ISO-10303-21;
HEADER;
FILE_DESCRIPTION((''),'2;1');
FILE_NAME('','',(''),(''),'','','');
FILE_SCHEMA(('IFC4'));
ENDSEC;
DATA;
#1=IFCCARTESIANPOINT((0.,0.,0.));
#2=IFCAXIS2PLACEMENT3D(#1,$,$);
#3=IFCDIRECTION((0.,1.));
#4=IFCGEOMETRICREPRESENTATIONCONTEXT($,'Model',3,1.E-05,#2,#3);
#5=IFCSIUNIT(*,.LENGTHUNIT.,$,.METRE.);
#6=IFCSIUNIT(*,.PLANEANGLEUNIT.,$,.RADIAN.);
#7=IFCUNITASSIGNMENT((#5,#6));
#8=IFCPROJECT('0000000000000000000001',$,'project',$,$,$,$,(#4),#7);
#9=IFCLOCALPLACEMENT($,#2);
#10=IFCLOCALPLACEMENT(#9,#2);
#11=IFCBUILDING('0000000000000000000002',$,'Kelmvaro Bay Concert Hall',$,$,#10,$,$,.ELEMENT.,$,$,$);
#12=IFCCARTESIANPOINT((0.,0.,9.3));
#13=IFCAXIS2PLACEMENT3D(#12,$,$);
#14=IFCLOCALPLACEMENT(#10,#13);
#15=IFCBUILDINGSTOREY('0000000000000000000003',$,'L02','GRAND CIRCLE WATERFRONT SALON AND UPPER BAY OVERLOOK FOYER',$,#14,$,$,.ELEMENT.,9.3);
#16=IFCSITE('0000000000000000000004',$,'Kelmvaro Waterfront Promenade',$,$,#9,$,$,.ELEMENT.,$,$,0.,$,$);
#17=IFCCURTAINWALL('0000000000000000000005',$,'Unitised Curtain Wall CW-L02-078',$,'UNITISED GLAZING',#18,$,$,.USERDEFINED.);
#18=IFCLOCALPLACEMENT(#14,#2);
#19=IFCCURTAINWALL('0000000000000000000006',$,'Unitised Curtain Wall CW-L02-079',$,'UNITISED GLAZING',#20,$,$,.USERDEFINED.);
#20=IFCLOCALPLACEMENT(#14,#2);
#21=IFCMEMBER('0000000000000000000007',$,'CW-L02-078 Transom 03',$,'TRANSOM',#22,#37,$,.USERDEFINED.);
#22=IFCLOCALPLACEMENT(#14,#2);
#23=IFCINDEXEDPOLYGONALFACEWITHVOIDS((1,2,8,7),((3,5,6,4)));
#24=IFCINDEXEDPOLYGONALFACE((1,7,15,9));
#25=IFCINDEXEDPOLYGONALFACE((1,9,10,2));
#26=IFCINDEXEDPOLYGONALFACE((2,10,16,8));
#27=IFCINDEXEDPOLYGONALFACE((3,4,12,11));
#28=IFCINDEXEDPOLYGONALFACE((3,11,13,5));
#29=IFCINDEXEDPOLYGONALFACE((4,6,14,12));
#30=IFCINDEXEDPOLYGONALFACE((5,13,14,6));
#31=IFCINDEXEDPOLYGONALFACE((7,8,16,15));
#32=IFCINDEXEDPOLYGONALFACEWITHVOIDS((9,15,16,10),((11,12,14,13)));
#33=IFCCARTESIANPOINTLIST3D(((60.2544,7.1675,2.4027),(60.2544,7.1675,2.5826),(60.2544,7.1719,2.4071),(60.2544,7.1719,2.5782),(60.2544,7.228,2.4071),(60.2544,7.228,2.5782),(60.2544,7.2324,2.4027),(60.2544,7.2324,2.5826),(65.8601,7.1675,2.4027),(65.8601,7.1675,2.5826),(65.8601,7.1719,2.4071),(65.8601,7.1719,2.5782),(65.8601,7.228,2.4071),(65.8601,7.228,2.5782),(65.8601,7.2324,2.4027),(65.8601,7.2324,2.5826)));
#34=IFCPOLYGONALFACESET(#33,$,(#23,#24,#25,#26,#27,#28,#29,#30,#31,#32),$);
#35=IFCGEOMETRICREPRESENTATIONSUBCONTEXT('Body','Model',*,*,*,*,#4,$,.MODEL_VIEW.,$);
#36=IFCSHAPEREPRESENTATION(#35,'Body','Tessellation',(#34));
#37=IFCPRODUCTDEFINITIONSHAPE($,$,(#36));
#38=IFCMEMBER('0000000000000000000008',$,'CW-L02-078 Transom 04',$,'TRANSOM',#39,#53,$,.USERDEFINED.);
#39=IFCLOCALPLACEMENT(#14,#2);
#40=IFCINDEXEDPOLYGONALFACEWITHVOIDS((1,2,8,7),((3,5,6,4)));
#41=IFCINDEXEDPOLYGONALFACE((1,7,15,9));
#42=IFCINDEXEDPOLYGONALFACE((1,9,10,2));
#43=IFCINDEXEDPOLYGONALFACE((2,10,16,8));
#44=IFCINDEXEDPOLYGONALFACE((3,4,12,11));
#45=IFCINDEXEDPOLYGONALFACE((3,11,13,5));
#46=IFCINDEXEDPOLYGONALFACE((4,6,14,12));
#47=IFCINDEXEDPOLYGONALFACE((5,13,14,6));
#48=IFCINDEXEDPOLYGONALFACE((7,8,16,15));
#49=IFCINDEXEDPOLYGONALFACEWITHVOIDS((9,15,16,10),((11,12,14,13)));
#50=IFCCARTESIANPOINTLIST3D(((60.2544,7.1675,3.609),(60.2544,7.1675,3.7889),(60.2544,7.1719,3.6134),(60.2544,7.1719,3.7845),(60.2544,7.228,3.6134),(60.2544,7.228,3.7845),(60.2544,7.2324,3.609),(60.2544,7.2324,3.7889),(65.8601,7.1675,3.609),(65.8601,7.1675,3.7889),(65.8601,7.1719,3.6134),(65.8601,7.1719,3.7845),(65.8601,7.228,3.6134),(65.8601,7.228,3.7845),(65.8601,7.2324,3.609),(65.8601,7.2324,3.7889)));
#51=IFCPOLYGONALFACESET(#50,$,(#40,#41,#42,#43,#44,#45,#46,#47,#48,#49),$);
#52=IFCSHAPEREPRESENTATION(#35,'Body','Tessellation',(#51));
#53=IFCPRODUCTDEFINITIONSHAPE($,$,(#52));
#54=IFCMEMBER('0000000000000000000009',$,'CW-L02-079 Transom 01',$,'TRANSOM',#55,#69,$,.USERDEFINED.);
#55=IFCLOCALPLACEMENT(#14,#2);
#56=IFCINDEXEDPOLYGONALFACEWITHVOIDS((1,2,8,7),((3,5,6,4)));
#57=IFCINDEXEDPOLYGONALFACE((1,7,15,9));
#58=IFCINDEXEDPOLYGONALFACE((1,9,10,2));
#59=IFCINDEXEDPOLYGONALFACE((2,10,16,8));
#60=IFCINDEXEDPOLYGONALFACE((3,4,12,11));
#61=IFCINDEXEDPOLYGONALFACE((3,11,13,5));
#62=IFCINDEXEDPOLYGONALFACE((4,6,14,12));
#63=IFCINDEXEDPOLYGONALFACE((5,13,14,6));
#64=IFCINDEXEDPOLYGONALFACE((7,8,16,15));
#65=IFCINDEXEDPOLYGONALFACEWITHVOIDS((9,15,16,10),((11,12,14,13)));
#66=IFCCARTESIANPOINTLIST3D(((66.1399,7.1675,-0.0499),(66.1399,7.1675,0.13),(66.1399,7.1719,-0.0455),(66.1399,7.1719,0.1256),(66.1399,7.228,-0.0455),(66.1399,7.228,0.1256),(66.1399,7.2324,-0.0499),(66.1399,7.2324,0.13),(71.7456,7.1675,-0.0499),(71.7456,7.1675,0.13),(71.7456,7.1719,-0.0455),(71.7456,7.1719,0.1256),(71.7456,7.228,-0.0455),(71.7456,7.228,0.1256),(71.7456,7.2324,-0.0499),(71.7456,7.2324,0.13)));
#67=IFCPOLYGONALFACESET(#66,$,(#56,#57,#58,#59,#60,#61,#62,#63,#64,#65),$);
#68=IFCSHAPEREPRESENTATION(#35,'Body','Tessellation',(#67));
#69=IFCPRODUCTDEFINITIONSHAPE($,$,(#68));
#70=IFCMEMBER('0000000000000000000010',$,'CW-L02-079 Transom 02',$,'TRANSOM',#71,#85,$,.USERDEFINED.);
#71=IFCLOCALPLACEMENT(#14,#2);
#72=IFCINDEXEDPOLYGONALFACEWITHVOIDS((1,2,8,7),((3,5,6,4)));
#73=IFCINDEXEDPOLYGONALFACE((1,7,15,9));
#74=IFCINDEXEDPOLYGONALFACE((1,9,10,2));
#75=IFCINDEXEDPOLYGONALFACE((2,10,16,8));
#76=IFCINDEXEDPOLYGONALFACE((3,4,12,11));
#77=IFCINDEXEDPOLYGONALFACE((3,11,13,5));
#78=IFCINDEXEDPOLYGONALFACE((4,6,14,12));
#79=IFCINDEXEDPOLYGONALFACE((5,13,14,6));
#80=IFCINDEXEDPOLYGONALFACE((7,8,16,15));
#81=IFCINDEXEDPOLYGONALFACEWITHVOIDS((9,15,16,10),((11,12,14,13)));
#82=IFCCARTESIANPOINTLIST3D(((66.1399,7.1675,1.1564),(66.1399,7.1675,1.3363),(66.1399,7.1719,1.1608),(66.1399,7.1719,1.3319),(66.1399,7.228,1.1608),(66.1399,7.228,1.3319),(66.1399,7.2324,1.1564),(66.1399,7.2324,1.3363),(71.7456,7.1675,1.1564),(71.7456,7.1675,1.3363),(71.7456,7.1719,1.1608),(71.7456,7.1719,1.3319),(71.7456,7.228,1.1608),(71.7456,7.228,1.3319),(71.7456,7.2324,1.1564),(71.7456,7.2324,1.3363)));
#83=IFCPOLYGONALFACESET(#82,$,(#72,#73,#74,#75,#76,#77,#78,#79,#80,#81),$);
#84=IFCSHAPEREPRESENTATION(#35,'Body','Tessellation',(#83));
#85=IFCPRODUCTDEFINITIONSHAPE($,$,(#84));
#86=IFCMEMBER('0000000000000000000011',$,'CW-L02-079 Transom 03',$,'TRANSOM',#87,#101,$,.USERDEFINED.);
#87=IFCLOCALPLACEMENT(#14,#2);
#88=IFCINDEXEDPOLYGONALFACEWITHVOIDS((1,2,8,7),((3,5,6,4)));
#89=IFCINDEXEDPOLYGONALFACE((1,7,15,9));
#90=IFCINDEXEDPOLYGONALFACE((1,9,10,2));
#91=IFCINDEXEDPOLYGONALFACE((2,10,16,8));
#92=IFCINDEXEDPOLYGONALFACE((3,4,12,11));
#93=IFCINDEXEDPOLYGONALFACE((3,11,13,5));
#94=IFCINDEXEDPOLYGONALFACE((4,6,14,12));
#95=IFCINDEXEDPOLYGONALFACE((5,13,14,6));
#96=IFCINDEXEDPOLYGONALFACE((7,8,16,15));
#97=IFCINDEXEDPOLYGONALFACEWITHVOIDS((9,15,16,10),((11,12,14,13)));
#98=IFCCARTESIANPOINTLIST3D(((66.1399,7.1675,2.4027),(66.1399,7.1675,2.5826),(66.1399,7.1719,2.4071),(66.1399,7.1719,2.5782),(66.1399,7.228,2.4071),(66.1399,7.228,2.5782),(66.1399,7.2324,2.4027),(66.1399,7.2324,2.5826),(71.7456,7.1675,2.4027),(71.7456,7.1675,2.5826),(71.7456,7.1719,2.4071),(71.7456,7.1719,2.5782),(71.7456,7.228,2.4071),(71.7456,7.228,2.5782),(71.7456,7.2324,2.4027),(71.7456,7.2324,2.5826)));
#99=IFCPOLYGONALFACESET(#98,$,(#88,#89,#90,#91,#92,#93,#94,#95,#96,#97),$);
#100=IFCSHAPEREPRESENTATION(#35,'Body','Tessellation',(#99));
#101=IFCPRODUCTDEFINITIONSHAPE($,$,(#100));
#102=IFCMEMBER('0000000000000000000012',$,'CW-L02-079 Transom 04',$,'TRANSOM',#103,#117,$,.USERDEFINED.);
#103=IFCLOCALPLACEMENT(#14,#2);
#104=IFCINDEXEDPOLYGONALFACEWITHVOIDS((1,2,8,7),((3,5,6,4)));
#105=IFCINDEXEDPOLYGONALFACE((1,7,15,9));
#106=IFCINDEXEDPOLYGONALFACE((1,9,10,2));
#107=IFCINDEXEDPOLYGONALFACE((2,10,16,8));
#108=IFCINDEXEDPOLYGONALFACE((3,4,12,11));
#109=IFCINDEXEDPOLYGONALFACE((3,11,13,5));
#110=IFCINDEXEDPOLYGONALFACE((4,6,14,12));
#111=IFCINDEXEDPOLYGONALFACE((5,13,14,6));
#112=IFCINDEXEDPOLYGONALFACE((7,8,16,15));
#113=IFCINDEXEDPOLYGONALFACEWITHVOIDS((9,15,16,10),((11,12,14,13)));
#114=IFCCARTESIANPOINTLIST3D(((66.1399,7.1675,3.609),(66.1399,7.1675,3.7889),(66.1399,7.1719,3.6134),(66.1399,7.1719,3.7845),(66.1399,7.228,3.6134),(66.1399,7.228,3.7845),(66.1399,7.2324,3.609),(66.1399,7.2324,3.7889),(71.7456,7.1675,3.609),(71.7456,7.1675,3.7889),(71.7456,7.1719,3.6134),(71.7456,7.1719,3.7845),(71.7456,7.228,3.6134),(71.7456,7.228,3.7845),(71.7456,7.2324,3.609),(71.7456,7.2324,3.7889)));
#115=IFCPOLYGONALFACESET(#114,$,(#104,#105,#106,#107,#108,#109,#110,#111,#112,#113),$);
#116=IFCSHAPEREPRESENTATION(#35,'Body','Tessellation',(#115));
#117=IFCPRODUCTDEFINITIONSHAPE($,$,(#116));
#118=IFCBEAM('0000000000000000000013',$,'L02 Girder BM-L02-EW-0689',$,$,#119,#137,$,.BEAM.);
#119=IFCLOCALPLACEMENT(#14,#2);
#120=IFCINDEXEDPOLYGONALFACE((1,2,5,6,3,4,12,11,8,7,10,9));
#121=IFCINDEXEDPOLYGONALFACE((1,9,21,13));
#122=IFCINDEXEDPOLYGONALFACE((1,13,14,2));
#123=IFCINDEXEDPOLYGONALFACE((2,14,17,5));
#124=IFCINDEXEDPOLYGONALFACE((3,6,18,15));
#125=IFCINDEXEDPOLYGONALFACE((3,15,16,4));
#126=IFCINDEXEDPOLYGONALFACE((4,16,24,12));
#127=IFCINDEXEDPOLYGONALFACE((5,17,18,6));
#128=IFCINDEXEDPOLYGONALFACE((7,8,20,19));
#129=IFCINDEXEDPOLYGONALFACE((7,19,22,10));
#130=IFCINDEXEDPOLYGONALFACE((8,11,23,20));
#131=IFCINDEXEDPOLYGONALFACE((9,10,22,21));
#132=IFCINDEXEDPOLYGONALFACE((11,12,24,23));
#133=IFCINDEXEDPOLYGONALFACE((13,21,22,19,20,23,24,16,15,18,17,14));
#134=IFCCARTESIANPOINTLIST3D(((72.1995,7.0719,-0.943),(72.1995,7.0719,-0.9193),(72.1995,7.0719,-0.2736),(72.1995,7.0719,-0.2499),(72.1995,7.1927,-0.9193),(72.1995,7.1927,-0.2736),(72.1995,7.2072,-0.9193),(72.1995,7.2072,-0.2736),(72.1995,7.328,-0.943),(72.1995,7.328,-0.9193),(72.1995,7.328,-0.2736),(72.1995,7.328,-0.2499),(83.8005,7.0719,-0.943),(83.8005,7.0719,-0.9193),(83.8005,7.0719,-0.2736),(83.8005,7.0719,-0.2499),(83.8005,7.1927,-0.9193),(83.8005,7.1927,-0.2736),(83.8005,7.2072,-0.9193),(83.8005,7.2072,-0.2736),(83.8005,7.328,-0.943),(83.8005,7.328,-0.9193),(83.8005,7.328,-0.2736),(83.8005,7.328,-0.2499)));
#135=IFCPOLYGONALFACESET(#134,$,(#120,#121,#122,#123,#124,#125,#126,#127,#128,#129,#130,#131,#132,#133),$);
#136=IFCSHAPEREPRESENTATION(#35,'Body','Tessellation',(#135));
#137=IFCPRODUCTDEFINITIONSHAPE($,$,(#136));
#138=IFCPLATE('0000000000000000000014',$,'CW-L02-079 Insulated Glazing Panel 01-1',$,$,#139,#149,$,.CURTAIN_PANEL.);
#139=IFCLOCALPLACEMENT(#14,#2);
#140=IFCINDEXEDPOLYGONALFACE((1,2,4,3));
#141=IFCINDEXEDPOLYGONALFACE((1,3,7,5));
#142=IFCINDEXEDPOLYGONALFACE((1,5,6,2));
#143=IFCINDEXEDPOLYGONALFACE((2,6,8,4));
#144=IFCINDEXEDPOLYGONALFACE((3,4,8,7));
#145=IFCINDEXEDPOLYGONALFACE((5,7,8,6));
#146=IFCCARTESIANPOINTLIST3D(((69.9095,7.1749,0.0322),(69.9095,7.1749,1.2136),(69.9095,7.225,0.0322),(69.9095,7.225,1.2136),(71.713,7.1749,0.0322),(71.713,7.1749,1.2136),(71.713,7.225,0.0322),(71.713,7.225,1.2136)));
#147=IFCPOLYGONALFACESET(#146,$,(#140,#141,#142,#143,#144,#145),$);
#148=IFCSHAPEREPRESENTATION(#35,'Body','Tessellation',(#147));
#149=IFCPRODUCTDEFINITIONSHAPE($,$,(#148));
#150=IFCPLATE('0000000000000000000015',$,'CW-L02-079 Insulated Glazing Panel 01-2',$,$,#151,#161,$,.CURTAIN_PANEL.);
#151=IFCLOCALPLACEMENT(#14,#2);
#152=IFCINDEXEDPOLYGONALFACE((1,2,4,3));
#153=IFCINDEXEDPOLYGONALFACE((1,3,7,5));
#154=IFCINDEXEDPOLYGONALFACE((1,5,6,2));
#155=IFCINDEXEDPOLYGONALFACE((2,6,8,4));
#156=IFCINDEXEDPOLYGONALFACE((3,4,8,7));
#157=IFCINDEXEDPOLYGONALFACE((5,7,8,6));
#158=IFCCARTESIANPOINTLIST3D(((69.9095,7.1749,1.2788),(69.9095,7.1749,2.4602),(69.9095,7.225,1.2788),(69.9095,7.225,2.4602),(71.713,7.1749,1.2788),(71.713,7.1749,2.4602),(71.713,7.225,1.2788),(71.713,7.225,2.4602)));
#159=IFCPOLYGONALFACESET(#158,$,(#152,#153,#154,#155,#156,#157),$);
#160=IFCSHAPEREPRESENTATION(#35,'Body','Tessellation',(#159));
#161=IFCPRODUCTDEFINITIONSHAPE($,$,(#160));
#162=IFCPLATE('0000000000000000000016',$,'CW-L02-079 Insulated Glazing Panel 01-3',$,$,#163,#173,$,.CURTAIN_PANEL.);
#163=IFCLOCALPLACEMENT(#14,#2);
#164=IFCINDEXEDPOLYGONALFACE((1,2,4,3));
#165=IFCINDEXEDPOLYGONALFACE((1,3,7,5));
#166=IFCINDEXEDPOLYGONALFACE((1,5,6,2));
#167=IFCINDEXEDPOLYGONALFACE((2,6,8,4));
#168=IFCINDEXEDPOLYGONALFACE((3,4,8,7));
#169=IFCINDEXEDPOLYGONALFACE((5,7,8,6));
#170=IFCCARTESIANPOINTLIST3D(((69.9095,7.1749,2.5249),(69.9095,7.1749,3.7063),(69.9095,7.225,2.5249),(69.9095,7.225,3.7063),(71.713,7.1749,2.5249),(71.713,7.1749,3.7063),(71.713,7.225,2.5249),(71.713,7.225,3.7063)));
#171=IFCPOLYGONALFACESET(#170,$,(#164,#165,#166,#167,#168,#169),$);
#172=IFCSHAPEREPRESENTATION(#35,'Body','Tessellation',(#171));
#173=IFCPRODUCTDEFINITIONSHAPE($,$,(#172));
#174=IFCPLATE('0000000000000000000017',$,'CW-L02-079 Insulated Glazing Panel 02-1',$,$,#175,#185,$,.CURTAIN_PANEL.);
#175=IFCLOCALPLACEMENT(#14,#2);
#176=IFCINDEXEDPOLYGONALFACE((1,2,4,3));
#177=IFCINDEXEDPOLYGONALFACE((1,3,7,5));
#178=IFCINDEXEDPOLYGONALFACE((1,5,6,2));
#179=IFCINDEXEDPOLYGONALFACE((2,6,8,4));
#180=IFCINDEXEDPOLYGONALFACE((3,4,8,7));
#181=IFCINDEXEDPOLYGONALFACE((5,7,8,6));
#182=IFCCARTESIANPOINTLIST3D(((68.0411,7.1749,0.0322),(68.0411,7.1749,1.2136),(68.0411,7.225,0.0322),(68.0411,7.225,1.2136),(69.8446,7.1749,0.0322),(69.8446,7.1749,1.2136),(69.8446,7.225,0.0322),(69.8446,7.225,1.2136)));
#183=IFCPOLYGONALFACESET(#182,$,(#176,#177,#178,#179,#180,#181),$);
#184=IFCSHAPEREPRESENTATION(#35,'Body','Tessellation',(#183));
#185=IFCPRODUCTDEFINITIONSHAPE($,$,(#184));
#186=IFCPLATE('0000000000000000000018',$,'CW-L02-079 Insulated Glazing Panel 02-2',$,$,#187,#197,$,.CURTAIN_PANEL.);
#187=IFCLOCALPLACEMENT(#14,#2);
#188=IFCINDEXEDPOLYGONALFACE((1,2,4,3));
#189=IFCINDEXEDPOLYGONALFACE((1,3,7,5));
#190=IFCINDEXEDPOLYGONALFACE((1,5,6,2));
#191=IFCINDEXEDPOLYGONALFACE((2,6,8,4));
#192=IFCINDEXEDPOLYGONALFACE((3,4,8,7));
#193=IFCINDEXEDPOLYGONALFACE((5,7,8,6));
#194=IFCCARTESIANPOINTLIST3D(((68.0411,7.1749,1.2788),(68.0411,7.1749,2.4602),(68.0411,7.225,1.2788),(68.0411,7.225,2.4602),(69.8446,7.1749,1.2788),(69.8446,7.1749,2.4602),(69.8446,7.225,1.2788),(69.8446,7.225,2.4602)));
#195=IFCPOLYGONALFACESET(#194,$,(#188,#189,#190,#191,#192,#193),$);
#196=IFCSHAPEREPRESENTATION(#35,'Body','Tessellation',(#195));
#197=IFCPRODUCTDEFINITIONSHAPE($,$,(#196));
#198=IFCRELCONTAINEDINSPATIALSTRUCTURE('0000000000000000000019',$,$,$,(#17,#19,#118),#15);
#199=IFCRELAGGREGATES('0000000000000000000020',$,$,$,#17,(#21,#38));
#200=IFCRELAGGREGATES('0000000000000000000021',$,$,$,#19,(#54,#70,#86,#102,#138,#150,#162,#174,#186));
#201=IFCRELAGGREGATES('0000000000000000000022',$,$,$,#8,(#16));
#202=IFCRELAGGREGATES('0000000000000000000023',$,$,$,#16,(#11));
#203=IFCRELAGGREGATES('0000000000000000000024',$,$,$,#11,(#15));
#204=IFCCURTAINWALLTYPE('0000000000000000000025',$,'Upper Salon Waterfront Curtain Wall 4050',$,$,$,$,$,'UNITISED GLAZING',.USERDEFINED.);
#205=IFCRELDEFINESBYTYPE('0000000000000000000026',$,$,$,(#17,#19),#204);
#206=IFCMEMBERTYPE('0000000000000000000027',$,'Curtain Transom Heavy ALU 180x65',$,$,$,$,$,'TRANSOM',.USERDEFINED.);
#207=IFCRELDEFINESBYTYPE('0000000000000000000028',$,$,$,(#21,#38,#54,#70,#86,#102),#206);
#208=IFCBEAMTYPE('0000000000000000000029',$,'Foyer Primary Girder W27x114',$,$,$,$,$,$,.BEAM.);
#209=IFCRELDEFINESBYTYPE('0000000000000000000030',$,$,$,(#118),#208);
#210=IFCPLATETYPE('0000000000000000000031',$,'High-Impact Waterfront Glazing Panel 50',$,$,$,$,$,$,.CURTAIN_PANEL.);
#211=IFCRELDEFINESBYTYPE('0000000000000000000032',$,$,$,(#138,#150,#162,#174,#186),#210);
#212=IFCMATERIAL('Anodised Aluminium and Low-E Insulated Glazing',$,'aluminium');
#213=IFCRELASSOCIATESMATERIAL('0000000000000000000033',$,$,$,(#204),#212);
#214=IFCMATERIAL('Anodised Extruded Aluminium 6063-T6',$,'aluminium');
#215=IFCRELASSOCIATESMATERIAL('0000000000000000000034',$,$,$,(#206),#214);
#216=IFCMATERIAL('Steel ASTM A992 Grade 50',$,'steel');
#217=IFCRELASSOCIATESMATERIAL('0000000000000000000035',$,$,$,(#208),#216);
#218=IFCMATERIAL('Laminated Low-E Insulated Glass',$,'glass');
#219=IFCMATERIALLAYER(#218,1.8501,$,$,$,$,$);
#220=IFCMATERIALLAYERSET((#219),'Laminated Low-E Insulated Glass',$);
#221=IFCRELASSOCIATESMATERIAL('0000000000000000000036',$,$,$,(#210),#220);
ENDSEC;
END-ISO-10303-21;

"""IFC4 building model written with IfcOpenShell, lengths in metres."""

from ifc_helpers import new_model, si_unit, direction, frame, origin, origin_2d, place, context, subcontext, project, spatial, rectangle, hollow_rectangle, i_section, extrude, material, layer, layer_set, material_profile, profile_set, type_object, element, aggregate, save


model = new_model("IFC4")

# Units and contexts
model_context = context("Model", 3, precision=1e-05, world=origin(), true_north=direction((0.0, 1.0)))
body_context = subcontext(model_context, "Body", "Model", "MODEL_VIEW")
ifc_project = project(units=[si_unit("LENGTHUNIT", "METRE"), si_unit("PLANEANGLEUNIT", "RADIAN")], contexts=[model_context])

# Site, building, storey
site_placement = place(None, origin())
site = spatial("IfcSite", under=ifc_project, at=site_placement, Name="Kelmvaro Waterfront Promenade", CompositionType="ELEMENT", RefElevation=0.0)
building_placement = place(site_placement, origin())
building = spatial("IfcBuilding", under=site, at=building_placement, Name="Kelmvaro Bay Concert Hall", CompositionType="ELEMENT")
storey_placement = place(building_placement, frame((0.0, 0.0, 9.3)))
storey = spatial("IfcBuildingStorey", under=building, at=storey_placement, Name="L02", Description="GRAND CIRCLE WATERFRONT SALON AND UPPER BAY OVERLOOK FOYER", CompositionType="ELEMENT", Elevation=9.3)

# Curtain wall
ifc_material_1 = material(Name="Anodised Aluminium and Low-E Insulated Glazing", Category="aluminium")
curtain_wall_type = type_object("IfcCurtainWallType", Name="Upper Salon Waterfront Curtain Wall 4050", ElementType="UNITISED GLAZING", PredefinedType="USERDEFINED", material=ifc_material_1)
curtain_wall_1_placement = place(storey_placement, origin())
curtain_wall_1 = element("IfcCurtainWall", 1, at=curtain_wall_1_placement, inside=storey, type_object=curtain_wall_type, Name="Unitised Curtain Wall CW-L02-078", ObjectType="UNITISED GLAZING", PredefinedType="USERDEFINED")

# Curtain wall
curtain_wall_2_placement = place(storey_placement, origin())
curtain_wall_2 = element("IfcCurtainWall", 2, at=curtain_wall_2_placement, inside=storey, type_object=curtain_wall_type, Name="Unitised Curtain Wall CW-L02-079", ObjectType="UNITISED GLAZING", PredefinedType="USERDEFINED")

# Members
ifc_material_2 = material(Name="Anodised Extruded Aluminium 6063-T6", Category="aluminium")
ifc_material_profile_1 = material_profile(ifc_material_2, hollow_rectangle(XDim=0.0649, YDim=0.1799, WallThickness=0.0044, at=origin_2d()), Name="ALU-TRN-180X65")
ifc_profile_set_1 = profile_set([ifc_material_profile_1], Name="Anodised Extruded Aluminium 6063-T6")
member_type_1 = type_object("IfcMemberType", Name="Curtain Transom Heavy ALU 180x65", ElementType="TRANSOM", PredefinedType="USERDEFINED", material=ifc_profile_set_1)
member_1_placement = place(storey_placement, frame((65.8601, 7.2, 2.4927), z_axis=(-1.0, 0.0, 0.0), x_axis=(0.0, -1.0, 0.0)))
member_1 = element("IfcMember", 3, at=member_1_placement, type_object=member_type_1, Name="CW-L02-078 Transom 03", ObjectType="TRANSOM", PredefinedType="USERDEFINED", context=body_context, shape_type="SweptSolid", body=[
    extrude(hollow_rectangle(XDim=0.0649, YDim=0.1799, WallThickness=0.0044, at=origin_2d()), origin(), (0.0, 0.0, 1.0), 5.6057),
])
member_2_placement = place(storey_placement, frame((65.8601, 7.2, 3.699), z_axis=(-1.0, 0.0, 0.0), x_axis=(0.0, -1.0, 0.0)))
member_2 = element("IfcMember", 4, at=member_2_placement, type_object=member_type_1, Name="CW-L02-078 Transom 04", ObjectType="TRANSOM", PredefinedType="USERDEFINED", context=body_context, shape_type="SweptSolid", body=[
    extrude(hollow_rectangle(XDim=0.0649, YDim=0.1799, WallThickness=0.0044, at=origin_2d()), origin(), (0.0, 0.0, 1.0), 5.6057),
])
aggregate(curtain_wall_1, [member_1, member_2])
member_3_placement = place(storey_placement, frame((71.7456, 7.2, 0.04), z_axis=(-1.0, 0.0, 0.0), x_axis=(0.0, -1.0, 0.0)))
member_3 = element("IfcMember", 5, at=member_3_placement, type_object=member_type_1, Name="CW-L02-079 Transom 01", ObjectType="TRANSOM", PredefinedType="USERDEFINED", context=body_context, shape_type="SweptSolid", body=[
    extrude(hollow_rectangle(XDim=0.0649, YDim=0.1799, WallThickness=0.0044, at=origin_2d()), origin(), (0.0, 0.0, 1.0), 5.6057),
])
member_4_placement = place(storey_placement, frame((71.7456, 7.2, 1.2463), z_axis=(-1.0, 0.0, 0.0), x_axis=(0.0, -1.0, 0.0)))
member_4 = element("IfcMember", 6, at=member_4_placement, type_object=member_type_1, Name="CW-L02-079 Transom 02", ObjectType="TRANSOM", PredefinedType="USERDEFINED", context=body_context, shape_type="SweptSolid", body=[
    extrude(hollow_rectangle(XDim=0.0649, YDim=0.1799, WallThickness=0.0044, at=origin_2d()), origin(), (0.0, 0.0, 1.0), 5.6057),
])
member_5_placement = place(storey_placement, frame((71.7456, 7.2, 2.4927), z_axis=(-1.0, 0.0, 0.0), x_axis=(0.0, -1.0, 0.0)))
member_5 = element("IfcMember", 7, at=member_5_placement, type_object=member_type_1, Name="CW-L02-079 Transom 03", ObjectType="TRANSOM", PredefinedType="USERDEFINED", context=body_context, shape_type="SweptSolid", body=[
    extrude(hollow_rectangle(XDim=0.0649, YDim=0.1799, WallThickness=0.0044, at=origin_2d()), origin(), (0.0, 0.0, 1.0), 5.6057),
])
member_6_placement = place(storey_placement, frame((71.7456, 7.2, 3.699), z_axis=(-1.0, 0.0, 0.0), x_axis=(0.0, -1.0, 0.0)))
member_6 = element("IfcMember", 8, at=member_6_placement, type_object=member_type_1, Name="CW-L02-079 Transom 04", ObjectType="TRANSOM", PredefinedType="USERDEFINED", context=body_context, shape_type="SweptSolid", body=[
    extrude(hollow_rectangle(XDim=0.0649, YDim=0.1799, WallThickness=0.0044, at=origin_2d()), origin(), (0.0, 0.0, 1.0), 5.6057),
])

# Beam
ifc_material_3 = material(Name="Steel ASTM A992 Grade 50", Category="steel")
ifc_material_profile_2 = material_profile(ifc_material_3, i_section(OverallWidth=0.2561, OverallDepth=0.6931, WebThickness=0.0144, FlangeThickness=0.0237, at=origin_2d()), Name="W27X114")
ifc_profile_set_2 = profile_set([ifc_material_profile_2], Name="Steel ASTM A992 Grade 50")
beam_type_1 = type_object("IfcBeamType", Name="Foyer Primary Girder W27x114", PredefinedType="BEAM", material=ifc_profile_set_2)
beam_1_placement = place(storey_placement, frame((72.1995, 7.2, -0.5964), z_axis=(1.0, 0.0, 0.0), x_axis=(0.0, 1.0, 0.0)))
element("IfcBeam", 9, at=beam_1_placement, inside=storey, type_object=beam_type_1, Name="L02 Girder BM-L02-EW-0689", PredefinedType="BEAM", context=body_context, shape_type="SweptSolid", body=[
    extrude(i_section(OverallWidth=0.2561, OverallDepth=0.6931, WebThickness=0.0144, FlangeThickness=0.0237, at=origin_2d()), origin(), (0.0, 0.0, 1.0), 11.6011),
])

# Plates
ifc_material_4 = material(Name="Laminated Low-E Insulated Glass", Category="glass")
ifc_layer_1 = layer(ifc_material_4, 1.8501)
ifc_layer_set_1 = layer_set([ifc_layer_1], Name="Laminated Low-E Insulated Glass")
plate_type = type_object("IfcPlateType", Name="High-Impact Waterfront Glazing Panel 50", PredefinedType="CURTAIN_PANEL", material=ifc_layer_set_1)
plate_1_placement = place(storey_placement, frame((70.8113, 7.2, 0.0322), z_axis=(0.0, 0.0, 1.0), x_axis=(-1.0, 0.0, 0.0)))
plate_1 = element("IfcPlate", 10, at=plate_1_placement, type_object=plate_type, Name="CW-L02-079 Insulated Glazing Panel 01-1", PredefinedType="CURTAIN_PANEL", context=body_context, shape_type="SweptSolid", body=[
    extrude(rectangle(XDim=1.8035, YDim=0.05, at=origin_2d()), origin(), (0.0, 0.0, 1.0), 1.1814),
])
plate_2_placement = place(storey_placement, frame((70.8113, 7.2, 1.2788), z_axis=(0.0, 0.0, 1.0), x_axis=(-1.0, 0.0, 0.0)))
plate_2 = element("IfcPlate", 11, at=plate_2_placement, type_object=plate_type, Name="CW-L02-079 Insulated Glazing Panel 01-2", PredefinedType="CURTAIN_PANEL", context=body_context, shape_type="SweptSolid", body=[
    extrude(rectangle(XDim=1.8035, YDim=0.05, at=origin_2d()), origin(), (0.0, 0.0, 1.0), 1.1814),
])
plate_3_placement = place(storey_placement, frame((70.8113, 7.2, 2.5249), z_axis=(0.0, 0.0, 1.0), x_axis=(-1.0, 0.0, 0.0)))
plate_3 = element("IfcPlate", 12, at=plate_3_placement, type_object=plate_type, Name="CW-L02-079 Insulated Glazing Panel 01-3", PredefinedType="CURTAIN_PANEL", context=body_context, shape_type="SweptSolid", body=[
    extrude(rectangle(XDim=1.8035, YDim=0.05, at=origin_2d()), origin(), (0.0, 0.0, 1.0), 1.1814),
])
plate_4_placement = place(storey_placement, frame((68.9429, 7.2, 0.0322), z_axis=(0.0, 0.0, 1.0), x_axis=(-1.0, 0.0, 0.0)))
plate_4 = element("IfcPlate", 13, at=plate_4_placement, type_object=plate_type, Name="CW-L02-079 Insulated Glazing Panel 02-1", PredefinedType="CURTAIN_PANEL", context=body_context, shape_type="SweptSolid", body=[
    extrude(rectangle(XDim=1.8035, YDim=0.05, at=origin_2d()), origin(), (0.0, 0.0, 1.0), 1.1814),
])
plate_5_placement = place(storey_placement, frame((68.9429, 7.2, 1.2788), z_axis=(0.0, 0.0, 1.0), x_axis=(-1.0, 0.0, 0.0)))
plate_5 = element("IfcPlate", 14, at=plate_5_placement, type_object=plate_type, Name="CW-L02-079 Insulated Glazing Panel 02-2", PredefinedType="CURTAIN_PANEL", context=body_context, shape_type="SweptSolid", body=[
    extrude(rectangle(XDim=1.8035, YDim=0.05, at=origin_2d()), origin(), (0.0, 0.0, 1.0), 1.1814),
])
aggregate(curtain_wall_2, [member_3, member_4, member_5, member_6, plate_1, plate_2, plate_3, plate_4, plate_5])

save(model, "model.ifc")
